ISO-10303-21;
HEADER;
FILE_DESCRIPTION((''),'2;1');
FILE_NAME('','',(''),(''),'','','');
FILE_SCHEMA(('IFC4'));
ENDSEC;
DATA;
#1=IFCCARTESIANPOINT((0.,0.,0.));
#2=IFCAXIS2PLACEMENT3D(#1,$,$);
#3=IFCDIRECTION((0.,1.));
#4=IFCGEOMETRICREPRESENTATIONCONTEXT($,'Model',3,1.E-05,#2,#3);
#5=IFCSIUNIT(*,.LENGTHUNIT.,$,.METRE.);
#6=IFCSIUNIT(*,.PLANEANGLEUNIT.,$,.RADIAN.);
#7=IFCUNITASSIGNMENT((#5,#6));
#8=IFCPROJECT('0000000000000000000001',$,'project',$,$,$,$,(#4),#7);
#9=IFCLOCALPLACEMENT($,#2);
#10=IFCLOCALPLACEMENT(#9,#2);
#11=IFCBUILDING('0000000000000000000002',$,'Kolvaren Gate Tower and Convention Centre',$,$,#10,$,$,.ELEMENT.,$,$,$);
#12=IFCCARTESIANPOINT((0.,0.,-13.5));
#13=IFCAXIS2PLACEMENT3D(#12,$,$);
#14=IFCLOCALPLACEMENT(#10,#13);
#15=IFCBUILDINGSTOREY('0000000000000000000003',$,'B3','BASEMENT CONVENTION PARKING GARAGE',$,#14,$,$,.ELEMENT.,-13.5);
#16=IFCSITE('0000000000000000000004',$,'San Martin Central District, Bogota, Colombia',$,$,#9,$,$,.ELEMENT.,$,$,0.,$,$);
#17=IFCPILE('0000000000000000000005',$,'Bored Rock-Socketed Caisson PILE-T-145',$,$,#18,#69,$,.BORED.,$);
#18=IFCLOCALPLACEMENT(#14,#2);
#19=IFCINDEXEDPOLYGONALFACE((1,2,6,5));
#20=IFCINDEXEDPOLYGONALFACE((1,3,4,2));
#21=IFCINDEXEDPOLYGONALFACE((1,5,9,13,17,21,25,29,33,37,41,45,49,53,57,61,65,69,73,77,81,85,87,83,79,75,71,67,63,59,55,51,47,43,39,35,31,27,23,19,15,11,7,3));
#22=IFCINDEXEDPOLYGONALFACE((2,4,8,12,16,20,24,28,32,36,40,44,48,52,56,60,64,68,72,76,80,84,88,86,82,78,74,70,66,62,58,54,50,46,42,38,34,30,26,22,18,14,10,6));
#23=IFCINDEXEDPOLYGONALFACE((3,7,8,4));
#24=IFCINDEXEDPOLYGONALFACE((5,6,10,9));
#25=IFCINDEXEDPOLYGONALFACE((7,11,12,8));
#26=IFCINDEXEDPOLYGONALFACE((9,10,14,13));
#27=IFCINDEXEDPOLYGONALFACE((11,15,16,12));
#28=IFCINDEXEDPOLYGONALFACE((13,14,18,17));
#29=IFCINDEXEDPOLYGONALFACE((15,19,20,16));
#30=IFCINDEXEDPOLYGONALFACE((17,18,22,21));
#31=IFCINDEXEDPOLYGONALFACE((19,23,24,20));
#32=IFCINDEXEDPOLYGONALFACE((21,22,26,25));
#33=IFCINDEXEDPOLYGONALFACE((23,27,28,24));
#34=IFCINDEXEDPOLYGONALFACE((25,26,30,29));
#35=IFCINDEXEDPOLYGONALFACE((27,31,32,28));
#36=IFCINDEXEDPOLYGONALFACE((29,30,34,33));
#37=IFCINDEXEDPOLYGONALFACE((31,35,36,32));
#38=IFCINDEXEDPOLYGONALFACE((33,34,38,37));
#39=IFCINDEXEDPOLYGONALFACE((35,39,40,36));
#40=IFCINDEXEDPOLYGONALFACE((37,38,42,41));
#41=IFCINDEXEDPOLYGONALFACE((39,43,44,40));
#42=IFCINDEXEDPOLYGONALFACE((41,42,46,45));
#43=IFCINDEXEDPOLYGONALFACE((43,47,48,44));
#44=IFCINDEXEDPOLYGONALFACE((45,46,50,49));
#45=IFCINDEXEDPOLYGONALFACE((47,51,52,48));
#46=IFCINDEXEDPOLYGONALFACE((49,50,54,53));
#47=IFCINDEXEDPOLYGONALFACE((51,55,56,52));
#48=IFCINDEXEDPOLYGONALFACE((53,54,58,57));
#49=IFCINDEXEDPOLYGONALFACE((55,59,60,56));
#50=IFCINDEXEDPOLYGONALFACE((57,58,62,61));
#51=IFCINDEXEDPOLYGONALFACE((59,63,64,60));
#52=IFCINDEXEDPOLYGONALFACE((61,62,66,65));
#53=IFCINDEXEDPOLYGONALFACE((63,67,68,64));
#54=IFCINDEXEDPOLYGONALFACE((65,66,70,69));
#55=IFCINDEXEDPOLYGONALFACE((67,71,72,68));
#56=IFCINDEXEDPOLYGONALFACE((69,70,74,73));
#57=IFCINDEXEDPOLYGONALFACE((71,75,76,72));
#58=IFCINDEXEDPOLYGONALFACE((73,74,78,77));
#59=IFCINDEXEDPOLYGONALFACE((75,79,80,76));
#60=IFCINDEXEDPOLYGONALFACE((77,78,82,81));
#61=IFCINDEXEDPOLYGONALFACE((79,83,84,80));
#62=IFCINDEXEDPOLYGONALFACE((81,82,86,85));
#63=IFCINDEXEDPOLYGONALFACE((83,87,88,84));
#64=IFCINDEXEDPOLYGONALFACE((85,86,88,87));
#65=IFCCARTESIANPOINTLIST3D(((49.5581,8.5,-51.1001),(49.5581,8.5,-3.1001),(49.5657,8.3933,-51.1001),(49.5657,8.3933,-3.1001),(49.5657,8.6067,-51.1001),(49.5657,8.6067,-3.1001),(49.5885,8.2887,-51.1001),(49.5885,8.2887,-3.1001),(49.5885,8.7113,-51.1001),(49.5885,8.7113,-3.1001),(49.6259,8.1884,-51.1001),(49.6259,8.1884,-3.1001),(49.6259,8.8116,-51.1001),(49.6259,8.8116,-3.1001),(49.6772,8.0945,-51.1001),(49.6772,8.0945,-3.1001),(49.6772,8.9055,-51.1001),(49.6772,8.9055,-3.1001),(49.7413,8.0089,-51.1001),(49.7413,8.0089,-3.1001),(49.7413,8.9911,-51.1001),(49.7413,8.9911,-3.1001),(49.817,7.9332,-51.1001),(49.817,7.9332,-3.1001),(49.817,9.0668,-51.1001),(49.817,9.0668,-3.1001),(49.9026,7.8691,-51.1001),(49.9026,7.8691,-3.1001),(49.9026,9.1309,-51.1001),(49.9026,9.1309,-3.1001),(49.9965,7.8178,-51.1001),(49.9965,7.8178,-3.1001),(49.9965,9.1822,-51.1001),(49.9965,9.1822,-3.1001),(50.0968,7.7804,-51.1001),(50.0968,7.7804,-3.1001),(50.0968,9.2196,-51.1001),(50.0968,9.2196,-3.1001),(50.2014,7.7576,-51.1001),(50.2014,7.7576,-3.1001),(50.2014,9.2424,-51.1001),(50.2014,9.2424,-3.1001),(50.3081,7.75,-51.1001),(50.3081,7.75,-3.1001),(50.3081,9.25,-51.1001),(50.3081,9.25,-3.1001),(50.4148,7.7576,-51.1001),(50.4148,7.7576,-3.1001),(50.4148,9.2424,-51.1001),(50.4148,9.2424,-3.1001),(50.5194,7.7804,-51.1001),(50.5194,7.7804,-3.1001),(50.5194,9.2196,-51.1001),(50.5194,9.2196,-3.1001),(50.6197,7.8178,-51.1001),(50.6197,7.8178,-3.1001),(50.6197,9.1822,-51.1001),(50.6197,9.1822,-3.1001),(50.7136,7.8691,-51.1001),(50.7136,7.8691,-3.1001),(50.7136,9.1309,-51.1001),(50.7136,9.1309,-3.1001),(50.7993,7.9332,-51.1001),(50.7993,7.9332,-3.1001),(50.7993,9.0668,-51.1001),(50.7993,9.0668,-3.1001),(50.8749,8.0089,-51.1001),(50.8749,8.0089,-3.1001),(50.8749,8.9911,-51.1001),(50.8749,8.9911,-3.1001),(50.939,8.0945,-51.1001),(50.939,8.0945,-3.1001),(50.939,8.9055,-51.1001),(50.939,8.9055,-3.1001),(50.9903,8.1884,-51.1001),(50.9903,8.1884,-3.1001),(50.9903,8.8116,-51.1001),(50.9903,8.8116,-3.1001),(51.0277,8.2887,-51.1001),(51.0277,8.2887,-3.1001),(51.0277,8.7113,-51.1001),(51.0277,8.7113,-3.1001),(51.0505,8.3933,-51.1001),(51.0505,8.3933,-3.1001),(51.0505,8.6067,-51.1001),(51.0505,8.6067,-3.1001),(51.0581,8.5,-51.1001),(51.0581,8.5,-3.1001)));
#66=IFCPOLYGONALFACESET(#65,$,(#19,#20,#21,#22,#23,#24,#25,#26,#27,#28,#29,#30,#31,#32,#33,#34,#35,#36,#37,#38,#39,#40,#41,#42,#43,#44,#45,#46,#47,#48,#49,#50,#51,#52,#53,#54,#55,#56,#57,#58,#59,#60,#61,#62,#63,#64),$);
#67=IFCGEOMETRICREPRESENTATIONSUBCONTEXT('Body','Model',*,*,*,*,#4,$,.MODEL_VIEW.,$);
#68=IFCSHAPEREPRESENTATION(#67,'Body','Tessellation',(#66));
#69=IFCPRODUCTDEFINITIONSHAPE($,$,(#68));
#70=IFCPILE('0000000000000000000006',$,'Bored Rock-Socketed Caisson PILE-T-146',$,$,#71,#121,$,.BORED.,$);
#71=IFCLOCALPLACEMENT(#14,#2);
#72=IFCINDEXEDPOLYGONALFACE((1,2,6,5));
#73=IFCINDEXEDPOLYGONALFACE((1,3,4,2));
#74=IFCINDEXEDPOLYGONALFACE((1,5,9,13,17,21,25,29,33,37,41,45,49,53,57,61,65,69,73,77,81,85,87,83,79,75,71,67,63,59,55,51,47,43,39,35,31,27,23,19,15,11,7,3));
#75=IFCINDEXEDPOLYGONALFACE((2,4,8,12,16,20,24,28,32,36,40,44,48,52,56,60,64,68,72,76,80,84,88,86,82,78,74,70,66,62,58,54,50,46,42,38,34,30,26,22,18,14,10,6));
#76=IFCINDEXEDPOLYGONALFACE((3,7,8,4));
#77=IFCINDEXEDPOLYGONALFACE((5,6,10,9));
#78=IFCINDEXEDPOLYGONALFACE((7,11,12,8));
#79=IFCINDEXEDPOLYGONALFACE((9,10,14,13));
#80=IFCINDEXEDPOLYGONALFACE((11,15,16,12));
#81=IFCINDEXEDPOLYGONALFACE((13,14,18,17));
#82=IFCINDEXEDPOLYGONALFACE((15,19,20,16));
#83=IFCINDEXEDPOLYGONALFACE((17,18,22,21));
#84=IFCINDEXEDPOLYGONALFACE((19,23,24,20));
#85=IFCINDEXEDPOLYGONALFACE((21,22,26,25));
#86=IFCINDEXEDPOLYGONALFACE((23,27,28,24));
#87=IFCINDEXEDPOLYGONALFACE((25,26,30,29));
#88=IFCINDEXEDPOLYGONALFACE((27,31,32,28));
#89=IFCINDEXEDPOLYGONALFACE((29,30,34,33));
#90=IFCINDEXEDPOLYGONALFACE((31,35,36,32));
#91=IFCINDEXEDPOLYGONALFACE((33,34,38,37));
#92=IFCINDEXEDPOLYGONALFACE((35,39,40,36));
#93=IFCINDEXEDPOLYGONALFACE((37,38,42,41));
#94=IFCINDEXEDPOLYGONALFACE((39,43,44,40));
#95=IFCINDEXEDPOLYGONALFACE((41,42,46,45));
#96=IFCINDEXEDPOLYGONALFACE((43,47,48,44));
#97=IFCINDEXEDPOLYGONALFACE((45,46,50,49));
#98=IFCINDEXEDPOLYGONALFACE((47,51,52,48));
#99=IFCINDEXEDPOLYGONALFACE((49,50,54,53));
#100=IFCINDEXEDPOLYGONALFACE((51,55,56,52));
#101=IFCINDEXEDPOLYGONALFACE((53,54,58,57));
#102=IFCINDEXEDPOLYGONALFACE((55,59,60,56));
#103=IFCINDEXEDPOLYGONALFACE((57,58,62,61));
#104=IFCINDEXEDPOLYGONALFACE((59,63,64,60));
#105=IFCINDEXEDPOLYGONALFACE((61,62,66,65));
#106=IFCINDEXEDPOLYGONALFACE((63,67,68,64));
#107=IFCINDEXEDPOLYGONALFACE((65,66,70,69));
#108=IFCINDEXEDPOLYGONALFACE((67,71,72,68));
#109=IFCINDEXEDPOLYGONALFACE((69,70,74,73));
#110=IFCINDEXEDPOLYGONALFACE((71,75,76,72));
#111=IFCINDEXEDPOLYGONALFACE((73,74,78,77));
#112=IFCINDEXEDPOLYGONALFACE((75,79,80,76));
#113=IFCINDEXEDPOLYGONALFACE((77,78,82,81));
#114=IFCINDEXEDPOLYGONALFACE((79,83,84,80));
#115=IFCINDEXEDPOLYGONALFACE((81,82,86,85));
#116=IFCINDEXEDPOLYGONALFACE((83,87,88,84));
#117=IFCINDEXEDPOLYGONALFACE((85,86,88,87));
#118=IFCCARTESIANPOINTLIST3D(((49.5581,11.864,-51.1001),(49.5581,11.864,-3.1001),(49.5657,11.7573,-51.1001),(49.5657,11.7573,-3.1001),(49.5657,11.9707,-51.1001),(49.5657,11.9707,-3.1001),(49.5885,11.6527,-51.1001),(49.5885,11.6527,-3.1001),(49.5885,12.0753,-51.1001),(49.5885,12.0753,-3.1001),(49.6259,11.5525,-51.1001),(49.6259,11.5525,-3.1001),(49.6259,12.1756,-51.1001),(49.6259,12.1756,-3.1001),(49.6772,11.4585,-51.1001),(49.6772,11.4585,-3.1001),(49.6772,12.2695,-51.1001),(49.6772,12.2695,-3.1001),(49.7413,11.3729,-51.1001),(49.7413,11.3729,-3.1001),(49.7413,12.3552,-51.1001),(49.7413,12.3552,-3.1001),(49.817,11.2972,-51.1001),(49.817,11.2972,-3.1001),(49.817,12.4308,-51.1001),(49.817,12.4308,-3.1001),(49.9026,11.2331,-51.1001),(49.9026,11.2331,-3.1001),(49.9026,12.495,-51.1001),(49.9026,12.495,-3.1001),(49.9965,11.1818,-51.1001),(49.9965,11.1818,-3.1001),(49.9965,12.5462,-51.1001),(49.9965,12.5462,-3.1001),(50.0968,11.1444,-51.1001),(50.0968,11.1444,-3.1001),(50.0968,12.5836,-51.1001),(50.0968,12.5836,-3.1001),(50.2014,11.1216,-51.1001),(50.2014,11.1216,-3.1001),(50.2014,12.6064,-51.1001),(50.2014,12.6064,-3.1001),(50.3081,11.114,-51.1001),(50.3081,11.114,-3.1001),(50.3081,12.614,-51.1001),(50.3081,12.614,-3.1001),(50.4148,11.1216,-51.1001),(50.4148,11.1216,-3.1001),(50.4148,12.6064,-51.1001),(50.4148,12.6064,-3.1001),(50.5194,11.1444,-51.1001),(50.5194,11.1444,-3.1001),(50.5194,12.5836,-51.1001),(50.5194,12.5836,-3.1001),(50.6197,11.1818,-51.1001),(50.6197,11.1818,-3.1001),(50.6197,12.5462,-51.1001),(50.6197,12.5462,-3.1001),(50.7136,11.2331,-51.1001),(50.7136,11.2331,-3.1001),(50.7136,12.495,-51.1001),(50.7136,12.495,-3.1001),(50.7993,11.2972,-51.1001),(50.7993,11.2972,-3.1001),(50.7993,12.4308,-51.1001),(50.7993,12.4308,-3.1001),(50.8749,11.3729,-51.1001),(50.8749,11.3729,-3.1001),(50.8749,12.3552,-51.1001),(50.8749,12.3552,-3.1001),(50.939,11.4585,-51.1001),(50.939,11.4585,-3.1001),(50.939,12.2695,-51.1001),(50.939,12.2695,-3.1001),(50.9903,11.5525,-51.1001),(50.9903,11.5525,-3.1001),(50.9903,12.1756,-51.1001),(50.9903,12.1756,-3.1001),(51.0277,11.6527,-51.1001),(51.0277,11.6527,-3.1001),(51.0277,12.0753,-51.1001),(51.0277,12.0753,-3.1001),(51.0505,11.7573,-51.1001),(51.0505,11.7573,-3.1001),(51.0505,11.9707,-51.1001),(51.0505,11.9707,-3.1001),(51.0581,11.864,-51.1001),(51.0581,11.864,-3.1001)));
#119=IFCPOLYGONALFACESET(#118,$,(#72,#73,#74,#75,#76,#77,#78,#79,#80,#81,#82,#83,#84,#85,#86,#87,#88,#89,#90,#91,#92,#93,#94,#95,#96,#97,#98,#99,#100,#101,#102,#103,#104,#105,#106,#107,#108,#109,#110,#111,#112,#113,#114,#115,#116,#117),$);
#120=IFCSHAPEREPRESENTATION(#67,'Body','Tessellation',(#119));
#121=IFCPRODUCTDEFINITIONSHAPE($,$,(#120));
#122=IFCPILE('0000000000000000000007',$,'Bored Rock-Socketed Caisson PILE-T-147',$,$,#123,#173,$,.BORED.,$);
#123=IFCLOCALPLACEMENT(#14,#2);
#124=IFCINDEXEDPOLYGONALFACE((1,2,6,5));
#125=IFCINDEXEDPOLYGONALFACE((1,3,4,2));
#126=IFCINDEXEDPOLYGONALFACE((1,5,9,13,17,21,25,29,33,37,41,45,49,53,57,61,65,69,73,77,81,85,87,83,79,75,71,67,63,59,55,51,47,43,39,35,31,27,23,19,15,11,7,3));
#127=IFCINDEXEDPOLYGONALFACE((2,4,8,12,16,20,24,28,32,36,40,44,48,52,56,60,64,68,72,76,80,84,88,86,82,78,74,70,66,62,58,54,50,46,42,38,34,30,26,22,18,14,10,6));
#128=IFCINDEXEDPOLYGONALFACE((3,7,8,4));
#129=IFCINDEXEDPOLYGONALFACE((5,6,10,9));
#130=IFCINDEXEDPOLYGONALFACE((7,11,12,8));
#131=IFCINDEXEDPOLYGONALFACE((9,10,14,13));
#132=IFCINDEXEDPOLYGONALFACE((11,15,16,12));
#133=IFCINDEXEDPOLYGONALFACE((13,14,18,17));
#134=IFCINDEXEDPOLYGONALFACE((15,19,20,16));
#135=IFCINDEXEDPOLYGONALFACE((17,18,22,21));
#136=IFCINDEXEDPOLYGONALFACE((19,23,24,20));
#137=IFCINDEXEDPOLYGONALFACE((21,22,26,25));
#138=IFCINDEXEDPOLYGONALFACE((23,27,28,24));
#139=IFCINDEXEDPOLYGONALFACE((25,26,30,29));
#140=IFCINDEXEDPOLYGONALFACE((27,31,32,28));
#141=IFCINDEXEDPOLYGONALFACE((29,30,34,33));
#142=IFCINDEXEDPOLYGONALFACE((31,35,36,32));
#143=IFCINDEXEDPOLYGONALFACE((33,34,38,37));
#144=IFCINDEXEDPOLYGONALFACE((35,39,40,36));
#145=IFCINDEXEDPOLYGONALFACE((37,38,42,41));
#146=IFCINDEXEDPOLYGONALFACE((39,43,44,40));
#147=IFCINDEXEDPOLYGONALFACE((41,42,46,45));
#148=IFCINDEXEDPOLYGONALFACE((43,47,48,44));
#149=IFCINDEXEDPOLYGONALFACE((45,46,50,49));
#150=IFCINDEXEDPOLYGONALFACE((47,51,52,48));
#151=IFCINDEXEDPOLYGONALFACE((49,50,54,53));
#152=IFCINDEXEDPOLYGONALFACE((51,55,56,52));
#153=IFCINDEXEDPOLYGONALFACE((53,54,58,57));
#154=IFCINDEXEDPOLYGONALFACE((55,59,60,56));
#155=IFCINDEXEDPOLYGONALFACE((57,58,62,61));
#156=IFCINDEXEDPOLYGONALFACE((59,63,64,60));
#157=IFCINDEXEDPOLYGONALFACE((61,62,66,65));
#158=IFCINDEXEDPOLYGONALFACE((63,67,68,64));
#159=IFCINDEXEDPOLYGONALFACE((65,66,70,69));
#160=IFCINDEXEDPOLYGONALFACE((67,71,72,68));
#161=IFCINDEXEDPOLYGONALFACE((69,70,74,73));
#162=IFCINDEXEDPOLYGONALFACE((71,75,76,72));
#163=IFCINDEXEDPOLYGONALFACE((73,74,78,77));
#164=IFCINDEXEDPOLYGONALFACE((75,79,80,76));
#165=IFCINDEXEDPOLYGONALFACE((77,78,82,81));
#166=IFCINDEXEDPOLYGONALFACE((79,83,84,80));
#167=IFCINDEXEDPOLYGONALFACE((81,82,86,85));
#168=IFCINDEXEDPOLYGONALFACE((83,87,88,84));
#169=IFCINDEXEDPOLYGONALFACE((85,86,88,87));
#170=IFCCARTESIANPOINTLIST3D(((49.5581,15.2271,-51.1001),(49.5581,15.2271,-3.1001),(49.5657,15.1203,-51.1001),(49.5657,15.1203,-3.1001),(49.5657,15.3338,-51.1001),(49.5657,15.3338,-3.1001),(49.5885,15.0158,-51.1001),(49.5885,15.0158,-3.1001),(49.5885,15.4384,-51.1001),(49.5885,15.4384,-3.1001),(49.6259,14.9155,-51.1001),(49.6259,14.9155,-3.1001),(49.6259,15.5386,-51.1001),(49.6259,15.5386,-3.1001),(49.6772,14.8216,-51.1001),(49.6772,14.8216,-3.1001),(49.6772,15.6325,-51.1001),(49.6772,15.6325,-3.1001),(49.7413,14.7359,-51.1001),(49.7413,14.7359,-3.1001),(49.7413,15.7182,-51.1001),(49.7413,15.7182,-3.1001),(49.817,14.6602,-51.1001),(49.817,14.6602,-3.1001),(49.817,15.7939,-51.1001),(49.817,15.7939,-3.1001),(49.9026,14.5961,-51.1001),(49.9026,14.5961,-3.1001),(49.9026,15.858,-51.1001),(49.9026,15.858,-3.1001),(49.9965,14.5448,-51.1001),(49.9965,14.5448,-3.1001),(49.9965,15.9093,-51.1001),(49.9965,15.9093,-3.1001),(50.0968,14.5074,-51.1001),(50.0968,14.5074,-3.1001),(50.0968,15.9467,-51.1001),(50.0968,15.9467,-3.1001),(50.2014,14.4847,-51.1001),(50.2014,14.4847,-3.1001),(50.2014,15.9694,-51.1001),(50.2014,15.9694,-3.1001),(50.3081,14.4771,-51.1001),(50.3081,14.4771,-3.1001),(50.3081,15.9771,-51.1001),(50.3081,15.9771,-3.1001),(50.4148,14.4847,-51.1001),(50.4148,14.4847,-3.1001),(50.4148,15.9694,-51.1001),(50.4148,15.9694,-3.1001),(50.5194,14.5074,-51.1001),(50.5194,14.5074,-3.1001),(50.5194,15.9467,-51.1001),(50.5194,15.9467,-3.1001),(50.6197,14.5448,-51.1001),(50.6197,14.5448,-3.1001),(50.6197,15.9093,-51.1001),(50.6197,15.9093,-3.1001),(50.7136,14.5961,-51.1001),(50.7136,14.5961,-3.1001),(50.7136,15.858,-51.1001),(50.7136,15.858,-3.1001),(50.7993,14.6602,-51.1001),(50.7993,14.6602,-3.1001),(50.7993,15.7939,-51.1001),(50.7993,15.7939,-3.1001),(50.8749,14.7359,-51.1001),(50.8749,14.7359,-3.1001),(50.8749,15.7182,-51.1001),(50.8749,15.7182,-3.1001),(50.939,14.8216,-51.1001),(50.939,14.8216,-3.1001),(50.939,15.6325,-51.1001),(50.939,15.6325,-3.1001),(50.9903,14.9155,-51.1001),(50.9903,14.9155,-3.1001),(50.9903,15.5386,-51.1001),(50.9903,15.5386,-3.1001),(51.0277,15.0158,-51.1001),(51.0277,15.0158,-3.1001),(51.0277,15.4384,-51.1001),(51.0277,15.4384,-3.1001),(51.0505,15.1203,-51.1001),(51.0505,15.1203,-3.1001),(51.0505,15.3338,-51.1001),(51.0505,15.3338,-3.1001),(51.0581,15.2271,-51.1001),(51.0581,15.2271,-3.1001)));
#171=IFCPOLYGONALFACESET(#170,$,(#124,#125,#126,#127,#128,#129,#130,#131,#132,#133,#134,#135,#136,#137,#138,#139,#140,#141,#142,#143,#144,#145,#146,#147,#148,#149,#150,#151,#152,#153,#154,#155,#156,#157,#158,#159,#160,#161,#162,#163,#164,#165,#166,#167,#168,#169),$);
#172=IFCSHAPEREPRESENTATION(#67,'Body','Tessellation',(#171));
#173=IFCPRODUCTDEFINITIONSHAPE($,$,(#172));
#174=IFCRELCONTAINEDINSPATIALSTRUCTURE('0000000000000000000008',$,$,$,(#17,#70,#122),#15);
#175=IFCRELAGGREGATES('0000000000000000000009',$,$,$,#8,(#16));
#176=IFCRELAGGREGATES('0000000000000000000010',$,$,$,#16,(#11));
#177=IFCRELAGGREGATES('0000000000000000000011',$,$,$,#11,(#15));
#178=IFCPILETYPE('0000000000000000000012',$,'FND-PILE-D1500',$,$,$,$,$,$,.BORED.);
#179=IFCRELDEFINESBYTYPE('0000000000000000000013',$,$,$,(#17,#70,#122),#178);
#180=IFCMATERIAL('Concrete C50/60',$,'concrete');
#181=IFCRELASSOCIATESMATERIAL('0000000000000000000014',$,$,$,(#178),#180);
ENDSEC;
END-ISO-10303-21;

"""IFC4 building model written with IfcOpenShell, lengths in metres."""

from ifc_helpers import new_model, si_unit, direction, frame, origin, origin_2d, place, context, subcontext, project, spatial, circle, extrude, material, material_profile, profile_set, type_object, element, save


model = new_model("IFC4")

# Units and contexts
model_context = context("Model", 3, precision=1e-05, world=origin(), true_north=direction((0.0, 1.0)))
body_context = subcontext(model_context, "Body", "Model", "MODEL_VIEW")
ifc_project = project(units=[si_unit("LENGTHUNIT", "METRE"), si_unit("PLANEANGLEUNIT", "RADIAN")], contexts=[model_context])

# Site, building, storey
site_placement = place(None, origin())
site = spatial("IfcSite", under=ifc_project, at=site_placement, Name="San Martin Central District, Bogota, Colombia", CompositionType="ELEMENT", RefElevation=0.0)
building_placement = place(site_placement, origin())
building = spatial("IfcBuilding", under=site, at=building_placement, Name="Kolvaren Gate Tower and Convention Centre", CompositionType="ELEMENT")
storey_placement = place(building_placement, frame((0.0, 0.0, -13.5)))
storey = spatial("IfcBuildingStorey", under=building, at=storey_placement, Name="B3", Description="BASEMENT CONVENTION PARKING GARAGE", CompositionType="ELEMENT", Elevation=-13.5)

# Shared definitions
ifc_material_1 = material(Name="Concrete C50/60", Category="concrete")

# Piles
ifc_material_profile_1 = material_profile(ifc_material_1, circle(Radius=0.75, at=origin_2d()), Name="CAISSON-D1500")
ifc_profile_set_1 = profile_set([ifc_material_profile_1], Name="Concrete C50/60")
pile_type = type_object("IfcPileType", Name="FND-PILE-D1500", PredefinedType="BORED", material=ifc_profile_set_1)
for number, where, z_axis, x_axis, name in (
    (1, (50.3081, 8.5, -3.1001), (0.0, 0.0, -1.0), (1.0, 0.0, 0.0), "Bored Rock-Socketed Caisson PILE-T-145"),
    (2, (50.3081, 11.864, -3.1001), (0.0, 0.0, -1.0), (1.0, 0.0, 0.0), "Bored Rock-Socketed Caisson PILE-T-146"),
    (3, (50.3081, 15.2271, -3.1001), (0.0, 0.0, -1.0), (1.0, 0.0, 0.0), "Bored Rock-Socketed Caisson PILE-T-147"),
):
    element("IfcPile", number, at=place(storey_placement, frame(where, z_axis=z_axis, x_axis=x_axis)), inside=storey, type_object=pile_type, Name=name, PredefinedType="BORED", context=body_context, shape_type="SweptSolid", body=[
        extrude(circle(Radius=0.75, at=origin_2d()), origin(), (0.0, 0.0, 1.0), 48.0),
    ])

save(model, "model.ifc")
